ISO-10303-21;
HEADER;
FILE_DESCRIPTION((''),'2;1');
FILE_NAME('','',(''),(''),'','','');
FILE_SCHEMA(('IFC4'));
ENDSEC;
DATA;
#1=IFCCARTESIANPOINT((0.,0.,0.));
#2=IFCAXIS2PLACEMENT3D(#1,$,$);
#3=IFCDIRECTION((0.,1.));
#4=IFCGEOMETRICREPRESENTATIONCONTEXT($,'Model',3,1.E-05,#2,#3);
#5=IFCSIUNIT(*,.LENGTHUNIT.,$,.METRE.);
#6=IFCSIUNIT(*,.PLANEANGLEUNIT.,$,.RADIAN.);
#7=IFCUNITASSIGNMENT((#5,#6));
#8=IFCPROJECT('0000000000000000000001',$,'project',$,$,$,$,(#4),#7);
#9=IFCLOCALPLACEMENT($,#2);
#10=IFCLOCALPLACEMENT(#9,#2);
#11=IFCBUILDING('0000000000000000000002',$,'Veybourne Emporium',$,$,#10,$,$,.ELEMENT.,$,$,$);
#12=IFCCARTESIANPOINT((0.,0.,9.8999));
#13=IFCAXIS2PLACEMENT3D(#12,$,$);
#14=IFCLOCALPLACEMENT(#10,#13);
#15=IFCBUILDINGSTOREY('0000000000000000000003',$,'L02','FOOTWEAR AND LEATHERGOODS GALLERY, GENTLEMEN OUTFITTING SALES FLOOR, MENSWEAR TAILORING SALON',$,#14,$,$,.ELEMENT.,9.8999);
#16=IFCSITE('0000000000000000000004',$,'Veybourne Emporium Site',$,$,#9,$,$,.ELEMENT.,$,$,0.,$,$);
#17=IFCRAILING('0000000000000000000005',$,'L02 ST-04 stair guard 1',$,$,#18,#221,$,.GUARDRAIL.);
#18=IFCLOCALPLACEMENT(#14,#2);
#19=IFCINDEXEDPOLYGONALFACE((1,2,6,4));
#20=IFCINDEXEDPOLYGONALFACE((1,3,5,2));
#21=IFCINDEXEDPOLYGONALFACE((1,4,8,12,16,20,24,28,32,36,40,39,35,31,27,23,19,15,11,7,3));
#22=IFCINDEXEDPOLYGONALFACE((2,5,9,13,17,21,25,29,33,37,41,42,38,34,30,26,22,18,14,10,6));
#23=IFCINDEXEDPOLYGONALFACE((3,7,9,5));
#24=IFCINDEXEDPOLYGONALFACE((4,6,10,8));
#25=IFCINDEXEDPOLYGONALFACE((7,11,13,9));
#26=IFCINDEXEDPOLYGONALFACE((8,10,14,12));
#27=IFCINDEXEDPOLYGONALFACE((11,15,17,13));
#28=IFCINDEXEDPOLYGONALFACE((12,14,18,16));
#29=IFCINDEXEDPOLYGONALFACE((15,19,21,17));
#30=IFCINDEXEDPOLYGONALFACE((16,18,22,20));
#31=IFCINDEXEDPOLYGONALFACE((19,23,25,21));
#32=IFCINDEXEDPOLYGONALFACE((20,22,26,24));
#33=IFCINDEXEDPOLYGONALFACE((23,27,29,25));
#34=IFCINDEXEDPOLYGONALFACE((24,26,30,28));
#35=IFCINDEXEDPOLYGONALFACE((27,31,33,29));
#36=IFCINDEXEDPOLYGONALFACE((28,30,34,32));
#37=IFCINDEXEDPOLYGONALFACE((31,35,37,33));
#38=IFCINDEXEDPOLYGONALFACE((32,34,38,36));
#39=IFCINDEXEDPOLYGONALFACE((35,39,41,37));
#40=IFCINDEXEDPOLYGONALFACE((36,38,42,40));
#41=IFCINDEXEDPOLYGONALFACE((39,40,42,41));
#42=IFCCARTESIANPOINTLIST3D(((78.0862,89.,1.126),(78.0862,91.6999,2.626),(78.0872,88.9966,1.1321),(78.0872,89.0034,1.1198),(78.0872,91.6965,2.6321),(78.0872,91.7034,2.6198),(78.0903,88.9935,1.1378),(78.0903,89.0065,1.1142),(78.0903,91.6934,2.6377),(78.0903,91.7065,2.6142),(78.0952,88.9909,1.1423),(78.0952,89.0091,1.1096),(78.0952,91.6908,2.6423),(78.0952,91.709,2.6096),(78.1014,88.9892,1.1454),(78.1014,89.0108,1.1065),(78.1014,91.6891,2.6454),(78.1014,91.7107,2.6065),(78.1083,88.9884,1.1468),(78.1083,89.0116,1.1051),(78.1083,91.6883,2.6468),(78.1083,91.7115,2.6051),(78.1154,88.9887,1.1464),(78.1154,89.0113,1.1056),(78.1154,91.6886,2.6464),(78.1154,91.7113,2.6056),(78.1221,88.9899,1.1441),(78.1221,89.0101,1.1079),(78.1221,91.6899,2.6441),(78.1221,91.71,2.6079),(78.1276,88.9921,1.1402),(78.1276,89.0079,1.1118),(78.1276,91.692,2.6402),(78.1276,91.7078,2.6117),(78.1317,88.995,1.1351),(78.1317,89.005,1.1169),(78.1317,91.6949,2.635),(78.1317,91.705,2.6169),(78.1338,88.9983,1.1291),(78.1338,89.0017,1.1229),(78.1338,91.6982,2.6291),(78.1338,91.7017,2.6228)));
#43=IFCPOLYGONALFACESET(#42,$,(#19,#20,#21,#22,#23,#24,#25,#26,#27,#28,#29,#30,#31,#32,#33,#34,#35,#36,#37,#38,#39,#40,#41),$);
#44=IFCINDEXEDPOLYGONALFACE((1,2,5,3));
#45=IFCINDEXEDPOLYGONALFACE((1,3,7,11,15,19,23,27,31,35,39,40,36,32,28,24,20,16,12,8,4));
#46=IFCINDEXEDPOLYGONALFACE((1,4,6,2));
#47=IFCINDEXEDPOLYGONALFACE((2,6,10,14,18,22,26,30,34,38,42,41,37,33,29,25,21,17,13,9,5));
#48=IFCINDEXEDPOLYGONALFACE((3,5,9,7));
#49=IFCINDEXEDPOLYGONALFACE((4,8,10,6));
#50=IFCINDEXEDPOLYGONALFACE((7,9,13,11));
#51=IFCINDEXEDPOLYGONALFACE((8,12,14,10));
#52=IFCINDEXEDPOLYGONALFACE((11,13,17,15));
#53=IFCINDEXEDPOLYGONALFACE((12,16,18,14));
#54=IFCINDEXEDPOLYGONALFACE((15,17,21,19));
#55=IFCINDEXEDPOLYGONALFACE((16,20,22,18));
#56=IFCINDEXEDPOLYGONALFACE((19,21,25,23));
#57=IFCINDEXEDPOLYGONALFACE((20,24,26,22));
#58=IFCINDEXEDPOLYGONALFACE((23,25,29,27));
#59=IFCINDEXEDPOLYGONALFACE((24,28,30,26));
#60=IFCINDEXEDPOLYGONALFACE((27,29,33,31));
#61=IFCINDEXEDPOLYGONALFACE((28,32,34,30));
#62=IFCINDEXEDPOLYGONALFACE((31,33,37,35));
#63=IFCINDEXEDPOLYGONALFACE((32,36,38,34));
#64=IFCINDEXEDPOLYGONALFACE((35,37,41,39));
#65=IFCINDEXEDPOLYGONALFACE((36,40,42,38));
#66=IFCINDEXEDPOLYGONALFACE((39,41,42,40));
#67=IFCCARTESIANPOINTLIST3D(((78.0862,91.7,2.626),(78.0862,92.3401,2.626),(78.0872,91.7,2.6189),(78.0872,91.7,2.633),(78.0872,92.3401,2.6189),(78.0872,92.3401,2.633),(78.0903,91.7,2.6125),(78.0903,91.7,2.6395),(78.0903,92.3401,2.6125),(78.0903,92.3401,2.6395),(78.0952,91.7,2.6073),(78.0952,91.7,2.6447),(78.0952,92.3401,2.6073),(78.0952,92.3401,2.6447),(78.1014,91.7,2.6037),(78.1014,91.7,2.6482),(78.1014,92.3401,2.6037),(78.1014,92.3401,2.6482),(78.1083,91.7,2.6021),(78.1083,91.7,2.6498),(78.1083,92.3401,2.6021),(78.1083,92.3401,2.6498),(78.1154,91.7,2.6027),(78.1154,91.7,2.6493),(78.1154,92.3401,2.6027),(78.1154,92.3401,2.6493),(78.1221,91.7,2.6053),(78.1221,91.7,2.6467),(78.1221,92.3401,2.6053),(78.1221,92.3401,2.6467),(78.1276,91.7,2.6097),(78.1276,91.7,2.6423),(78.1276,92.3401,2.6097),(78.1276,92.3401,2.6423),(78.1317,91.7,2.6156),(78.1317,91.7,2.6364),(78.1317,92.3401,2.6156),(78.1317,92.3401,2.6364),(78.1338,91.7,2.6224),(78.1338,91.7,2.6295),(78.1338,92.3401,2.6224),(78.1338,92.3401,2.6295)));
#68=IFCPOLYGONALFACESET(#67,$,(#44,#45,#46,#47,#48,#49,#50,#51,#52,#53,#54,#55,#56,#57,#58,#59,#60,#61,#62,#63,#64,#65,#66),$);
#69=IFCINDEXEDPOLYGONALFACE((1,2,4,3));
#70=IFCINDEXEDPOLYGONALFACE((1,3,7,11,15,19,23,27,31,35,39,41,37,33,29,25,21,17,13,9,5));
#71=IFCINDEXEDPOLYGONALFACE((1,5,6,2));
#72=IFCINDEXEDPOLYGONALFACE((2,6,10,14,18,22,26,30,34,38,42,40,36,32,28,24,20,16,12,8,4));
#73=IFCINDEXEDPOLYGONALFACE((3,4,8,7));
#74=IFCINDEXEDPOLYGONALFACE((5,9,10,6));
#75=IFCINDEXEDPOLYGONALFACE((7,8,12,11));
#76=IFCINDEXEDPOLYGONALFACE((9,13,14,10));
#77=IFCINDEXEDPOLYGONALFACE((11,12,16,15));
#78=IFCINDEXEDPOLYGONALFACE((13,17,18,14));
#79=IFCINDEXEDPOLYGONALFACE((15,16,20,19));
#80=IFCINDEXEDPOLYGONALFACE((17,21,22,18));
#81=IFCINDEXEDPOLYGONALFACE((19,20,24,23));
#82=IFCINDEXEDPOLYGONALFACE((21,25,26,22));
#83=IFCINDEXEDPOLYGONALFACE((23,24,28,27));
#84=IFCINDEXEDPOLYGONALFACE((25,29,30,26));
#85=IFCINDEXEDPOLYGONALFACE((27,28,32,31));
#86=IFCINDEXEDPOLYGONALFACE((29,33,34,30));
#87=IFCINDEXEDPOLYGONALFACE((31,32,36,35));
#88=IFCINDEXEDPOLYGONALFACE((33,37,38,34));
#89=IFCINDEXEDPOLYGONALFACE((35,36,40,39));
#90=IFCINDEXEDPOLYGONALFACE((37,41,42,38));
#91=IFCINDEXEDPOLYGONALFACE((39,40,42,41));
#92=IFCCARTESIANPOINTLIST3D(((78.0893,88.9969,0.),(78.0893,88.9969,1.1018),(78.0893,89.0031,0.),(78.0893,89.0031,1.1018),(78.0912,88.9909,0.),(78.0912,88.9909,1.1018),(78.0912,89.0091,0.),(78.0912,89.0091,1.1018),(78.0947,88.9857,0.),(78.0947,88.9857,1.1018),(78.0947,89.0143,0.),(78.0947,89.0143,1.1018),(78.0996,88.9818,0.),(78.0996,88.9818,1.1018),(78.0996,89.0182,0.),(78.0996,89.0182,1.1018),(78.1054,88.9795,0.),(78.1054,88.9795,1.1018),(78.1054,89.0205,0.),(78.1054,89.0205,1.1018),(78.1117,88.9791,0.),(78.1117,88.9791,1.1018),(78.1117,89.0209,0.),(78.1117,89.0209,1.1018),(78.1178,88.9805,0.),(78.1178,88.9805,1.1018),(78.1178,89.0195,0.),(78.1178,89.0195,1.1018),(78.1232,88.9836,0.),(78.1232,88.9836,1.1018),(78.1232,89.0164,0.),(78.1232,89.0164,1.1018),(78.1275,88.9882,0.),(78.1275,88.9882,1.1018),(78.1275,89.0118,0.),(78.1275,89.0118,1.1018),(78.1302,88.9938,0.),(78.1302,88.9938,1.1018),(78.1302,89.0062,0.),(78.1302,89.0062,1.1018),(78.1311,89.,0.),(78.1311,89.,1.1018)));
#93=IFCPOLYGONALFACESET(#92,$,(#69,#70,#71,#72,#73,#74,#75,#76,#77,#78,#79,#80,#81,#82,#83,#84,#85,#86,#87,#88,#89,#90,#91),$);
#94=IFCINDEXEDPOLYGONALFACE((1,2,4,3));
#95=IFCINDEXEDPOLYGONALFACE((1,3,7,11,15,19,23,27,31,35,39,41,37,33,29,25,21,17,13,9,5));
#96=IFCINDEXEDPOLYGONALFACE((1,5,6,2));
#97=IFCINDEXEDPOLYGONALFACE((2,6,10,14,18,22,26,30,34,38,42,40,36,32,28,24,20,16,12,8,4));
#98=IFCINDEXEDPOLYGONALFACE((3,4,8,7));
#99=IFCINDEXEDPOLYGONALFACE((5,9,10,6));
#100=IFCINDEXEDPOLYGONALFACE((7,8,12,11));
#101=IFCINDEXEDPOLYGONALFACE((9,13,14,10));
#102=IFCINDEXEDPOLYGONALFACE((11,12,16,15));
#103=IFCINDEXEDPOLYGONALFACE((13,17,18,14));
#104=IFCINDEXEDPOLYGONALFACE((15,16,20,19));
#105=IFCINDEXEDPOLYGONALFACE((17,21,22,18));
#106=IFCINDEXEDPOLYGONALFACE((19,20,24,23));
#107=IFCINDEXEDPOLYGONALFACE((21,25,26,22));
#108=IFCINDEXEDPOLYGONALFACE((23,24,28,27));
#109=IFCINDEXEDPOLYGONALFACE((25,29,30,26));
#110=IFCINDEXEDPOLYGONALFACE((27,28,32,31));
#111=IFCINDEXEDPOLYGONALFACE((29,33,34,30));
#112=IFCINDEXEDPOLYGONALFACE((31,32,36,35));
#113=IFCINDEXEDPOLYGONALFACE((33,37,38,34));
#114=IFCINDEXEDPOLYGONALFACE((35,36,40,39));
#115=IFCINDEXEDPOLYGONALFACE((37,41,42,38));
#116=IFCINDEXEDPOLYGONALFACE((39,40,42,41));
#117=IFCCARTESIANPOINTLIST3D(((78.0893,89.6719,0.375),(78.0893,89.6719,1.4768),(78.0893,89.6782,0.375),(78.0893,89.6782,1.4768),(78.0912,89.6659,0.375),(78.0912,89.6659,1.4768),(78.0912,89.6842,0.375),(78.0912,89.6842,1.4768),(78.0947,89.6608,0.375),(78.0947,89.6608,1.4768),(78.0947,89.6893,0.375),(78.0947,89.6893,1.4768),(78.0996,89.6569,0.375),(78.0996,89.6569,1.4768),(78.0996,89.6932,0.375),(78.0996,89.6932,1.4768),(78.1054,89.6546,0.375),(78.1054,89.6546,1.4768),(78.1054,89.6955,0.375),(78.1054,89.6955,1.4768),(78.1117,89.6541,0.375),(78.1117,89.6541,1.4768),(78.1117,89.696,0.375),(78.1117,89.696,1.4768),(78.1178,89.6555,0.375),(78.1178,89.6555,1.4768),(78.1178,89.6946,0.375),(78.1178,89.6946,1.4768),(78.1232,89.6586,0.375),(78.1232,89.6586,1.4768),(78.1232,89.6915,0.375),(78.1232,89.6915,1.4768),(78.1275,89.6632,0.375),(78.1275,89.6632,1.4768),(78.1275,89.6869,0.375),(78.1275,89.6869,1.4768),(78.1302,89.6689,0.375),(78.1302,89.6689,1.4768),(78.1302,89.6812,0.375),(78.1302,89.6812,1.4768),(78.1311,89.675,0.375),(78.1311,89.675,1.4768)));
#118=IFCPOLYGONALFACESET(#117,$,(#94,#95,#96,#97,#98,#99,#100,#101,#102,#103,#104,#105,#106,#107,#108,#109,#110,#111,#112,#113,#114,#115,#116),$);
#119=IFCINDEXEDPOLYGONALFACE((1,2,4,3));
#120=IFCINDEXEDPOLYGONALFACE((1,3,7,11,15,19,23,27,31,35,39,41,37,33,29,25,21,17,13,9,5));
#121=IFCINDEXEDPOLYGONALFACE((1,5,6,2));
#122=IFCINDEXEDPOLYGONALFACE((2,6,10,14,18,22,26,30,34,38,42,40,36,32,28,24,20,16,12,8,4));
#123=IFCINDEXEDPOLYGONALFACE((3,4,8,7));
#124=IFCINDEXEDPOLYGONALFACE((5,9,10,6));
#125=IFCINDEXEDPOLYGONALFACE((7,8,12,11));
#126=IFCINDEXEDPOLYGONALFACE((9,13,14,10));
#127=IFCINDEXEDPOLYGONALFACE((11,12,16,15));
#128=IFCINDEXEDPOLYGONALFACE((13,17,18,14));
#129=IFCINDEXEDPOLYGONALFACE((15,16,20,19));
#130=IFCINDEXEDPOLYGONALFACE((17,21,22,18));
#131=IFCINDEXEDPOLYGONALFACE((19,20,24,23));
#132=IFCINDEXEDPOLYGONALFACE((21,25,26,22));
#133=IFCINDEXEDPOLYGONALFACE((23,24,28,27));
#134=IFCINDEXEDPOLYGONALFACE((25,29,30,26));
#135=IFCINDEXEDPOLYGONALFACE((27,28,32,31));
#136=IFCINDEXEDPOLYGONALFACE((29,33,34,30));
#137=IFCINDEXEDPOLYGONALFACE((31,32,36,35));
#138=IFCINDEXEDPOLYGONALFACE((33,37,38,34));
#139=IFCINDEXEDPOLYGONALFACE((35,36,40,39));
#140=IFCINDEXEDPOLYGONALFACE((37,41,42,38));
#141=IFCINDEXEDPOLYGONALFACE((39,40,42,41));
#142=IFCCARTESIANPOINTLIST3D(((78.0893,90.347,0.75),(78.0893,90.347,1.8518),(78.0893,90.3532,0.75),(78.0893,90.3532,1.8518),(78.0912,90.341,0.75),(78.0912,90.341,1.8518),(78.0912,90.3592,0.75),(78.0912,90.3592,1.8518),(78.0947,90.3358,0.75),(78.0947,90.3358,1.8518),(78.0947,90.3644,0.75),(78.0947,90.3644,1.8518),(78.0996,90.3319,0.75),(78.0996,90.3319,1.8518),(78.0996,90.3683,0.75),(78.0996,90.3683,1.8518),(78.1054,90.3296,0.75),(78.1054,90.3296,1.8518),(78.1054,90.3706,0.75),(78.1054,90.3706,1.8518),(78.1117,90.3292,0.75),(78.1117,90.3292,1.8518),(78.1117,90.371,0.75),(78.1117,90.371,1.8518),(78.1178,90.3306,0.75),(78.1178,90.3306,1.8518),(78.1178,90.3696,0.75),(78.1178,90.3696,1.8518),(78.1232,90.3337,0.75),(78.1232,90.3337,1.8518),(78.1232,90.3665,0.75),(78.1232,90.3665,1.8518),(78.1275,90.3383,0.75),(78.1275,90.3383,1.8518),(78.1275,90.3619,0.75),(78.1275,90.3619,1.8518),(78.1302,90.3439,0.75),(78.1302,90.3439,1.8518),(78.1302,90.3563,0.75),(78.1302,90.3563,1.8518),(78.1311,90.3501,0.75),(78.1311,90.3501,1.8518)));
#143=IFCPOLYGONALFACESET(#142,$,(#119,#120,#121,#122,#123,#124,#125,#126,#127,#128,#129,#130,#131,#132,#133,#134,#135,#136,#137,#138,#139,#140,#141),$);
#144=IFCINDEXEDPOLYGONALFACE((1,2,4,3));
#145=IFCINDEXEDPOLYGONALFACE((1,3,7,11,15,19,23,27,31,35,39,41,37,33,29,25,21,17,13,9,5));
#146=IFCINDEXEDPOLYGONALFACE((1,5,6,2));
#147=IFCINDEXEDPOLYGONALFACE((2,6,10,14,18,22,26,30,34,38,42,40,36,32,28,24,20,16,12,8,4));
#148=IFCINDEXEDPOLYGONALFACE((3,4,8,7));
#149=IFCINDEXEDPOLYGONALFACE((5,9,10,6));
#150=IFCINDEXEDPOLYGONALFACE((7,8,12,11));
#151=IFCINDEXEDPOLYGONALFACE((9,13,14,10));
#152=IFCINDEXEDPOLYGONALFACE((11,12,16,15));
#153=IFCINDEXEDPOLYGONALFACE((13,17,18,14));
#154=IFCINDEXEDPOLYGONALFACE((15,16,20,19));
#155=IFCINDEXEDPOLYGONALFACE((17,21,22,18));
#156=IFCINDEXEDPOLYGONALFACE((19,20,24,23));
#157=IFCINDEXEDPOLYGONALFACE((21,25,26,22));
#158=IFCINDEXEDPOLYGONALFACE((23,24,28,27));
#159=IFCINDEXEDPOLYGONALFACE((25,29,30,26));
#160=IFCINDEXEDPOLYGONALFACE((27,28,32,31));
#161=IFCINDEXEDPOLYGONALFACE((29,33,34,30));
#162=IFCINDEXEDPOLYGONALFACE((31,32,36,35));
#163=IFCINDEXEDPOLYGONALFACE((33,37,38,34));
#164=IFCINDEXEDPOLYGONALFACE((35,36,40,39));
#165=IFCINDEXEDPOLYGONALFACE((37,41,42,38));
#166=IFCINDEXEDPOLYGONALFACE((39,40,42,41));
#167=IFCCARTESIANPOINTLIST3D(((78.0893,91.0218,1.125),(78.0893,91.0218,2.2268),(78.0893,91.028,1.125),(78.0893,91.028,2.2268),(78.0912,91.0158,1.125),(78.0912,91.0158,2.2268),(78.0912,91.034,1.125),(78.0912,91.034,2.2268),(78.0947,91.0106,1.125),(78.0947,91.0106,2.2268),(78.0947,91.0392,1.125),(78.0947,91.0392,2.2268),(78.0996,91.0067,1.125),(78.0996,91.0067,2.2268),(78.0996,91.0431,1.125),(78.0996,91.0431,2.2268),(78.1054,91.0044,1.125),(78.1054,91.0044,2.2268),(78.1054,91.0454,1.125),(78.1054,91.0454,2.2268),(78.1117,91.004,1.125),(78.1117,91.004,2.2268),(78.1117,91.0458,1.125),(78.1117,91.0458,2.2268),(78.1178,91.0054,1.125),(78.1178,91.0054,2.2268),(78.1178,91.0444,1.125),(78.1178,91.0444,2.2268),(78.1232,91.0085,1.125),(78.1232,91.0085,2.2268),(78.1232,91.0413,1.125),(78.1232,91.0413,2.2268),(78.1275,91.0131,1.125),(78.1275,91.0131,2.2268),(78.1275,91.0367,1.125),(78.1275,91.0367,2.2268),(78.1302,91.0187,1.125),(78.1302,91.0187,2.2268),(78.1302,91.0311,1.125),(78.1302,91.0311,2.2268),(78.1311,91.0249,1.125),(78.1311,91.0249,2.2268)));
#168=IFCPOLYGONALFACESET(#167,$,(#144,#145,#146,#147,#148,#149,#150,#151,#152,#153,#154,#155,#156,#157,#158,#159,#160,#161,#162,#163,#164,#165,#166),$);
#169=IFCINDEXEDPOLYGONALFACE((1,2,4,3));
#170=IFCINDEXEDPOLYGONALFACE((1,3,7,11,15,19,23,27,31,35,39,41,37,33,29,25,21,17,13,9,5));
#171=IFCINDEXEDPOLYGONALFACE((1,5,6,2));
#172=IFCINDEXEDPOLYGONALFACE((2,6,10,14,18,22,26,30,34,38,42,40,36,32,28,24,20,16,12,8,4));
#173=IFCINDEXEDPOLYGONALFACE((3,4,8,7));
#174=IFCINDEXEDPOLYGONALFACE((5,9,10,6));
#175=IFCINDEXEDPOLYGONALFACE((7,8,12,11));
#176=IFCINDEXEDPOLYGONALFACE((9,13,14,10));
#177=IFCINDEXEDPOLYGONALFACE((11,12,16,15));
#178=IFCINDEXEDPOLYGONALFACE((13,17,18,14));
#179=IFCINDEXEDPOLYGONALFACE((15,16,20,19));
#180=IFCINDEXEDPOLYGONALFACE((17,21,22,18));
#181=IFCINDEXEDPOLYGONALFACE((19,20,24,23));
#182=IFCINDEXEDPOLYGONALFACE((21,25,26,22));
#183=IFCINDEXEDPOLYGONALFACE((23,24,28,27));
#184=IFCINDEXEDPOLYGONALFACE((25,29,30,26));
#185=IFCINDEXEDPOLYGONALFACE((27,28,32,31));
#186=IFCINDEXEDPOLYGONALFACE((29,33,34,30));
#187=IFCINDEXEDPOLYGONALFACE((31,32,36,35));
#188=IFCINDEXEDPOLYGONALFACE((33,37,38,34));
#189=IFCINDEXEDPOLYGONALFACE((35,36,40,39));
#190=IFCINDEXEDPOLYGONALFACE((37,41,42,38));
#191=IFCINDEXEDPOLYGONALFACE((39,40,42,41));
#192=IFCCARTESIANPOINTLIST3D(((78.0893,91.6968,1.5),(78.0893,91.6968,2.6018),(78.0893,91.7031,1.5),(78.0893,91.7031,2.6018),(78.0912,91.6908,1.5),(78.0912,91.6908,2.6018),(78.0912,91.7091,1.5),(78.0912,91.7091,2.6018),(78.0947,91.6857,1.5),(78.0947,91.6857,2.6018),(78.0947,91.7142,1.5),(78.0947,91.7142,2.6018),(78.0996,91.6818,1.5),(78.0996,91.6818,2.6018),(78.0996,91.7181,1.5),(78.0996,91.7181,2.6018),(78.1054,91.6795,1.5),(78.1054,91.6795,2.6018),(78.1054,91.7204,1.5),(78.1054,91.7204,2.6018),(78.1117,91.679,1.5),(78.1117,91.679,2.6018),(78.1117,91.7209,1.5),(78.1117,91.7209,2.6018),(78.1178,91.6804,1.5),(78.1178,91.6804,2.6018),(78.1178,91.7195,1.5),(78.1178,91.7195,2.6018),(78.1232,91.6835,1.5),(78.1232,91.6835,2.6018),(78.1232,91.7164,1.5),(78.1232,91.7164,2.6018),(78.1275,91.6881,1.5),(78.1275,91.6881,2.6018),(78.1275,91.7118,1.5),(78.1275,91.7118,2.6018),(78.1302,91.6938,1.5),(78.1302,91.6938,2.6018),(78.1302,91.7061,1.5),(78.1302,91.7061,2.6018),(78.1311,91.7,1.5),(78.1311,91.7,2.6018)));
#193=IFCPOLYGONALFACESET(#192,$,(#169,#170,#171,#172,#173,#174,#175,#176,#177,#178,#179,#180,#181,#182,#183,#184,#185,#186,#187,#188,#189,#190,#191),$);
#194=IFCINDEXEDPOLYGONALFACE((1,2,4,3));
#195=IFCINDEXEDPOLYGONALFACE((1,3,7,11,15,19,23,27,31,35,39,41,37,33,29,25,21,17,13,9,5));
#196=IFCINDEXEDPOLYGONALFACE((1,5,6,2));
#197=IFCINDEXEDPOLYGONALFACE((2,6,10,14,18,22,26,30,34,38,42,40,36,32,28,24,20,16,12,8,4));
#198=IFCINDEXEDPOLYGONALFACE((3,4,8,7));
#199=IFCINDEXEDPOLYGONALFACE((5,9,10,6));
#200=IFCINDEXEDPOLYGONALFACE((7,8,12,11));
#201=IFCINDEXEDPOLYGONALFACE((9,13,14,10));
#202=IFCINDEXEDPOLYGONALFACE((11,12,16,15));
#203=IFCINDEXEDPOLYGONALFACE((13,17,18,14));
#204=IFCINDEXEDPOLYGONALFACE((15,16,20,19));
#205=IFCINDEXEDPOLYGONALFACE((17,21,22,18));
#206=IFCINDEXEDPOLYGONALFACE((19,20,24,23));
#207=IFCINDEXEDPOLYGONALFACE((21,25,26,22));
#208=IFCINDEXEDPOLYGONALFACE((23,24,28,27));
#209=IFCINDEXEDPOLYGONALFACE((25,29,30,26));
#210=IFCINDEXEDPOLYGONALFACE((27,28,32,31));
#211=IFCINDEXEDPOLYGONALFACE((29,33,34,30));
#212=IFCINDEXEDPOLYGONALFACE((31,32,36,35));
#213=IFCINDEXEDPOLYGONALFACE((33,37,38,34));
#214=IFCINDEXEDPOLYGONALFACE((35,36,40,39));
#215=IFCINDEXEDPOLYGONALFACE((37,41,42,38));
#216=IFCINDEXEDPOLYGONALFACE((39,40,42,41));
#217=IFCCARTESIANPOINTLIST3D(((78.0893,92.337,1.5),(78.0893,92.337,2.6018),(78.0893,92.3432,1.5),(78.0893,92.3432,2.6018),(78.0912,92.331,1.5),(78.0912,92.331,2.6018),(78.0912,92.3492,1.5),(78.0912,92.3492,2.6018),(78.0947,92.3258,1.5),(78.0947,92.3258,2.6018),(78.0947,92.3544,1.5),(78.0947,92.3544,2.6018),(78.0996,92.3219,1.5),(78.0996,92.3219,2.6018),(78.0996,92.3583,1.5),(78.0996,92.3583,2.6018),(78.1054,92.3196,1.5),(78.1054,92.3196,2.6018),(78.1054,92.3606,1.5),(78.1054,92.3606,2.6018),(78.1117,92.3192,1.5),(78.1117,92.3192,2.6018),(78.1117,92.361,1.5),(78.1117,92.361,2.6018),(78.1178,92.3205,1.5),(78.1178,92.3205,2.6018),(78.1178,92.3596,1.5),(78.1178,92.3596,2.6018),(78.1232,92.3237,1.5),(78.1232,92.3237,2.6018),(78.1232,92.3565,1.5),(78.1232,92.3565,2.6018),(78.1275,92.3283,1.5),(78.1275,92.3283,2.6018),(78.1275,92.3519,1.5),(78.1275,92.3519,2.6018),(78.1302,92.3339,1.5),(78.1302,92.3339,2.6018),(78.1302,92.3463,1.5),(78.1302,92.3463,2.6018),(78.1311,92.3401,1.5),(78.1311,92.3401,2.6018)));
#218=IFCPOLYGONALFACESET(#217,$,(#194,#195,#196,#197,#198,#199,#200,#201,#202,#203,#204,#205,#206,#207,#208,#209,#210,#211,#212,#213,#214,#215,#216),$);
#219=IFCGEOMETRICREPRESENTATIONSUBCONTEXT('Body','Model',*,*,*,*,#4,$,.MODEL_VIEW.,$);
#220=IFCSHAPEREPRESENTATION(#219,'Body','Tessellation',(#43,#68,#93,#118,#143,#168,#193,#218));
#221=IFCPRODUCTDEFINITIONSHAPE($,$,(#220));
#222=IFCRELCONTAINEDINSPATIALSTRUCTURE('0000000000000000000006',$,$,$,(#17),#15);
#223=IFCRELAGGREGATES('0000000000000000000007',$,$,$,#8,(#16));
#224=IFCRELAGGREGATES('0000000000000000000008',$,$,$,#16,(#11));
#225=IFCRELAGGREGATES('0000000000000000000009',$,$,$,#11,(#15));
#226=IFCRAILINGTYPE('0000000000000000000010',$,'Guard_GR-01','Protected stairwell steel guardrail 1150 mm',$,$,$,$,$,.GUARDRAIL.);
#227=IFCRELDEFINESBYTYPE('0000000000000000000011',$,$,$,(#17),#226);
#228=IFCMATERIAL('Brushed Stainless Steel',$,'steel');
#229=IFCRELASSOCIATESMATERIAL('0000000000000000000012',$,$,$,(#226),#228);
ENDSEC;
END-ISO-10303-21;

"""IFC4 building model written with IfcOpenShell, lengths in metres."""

from ifc_helpers import new_model, si_unit, direction, frame, origin, origin_2d, place, context, subcontext, project, spatial, circle, extrude, material, type_object, element, save


model = new_model("IFC4")

# Units and contexts
model_context = context("Model", 3, precision=1e-05, world=origin(), true_north=direction((0.0, 1.0)))
body_context = subcontext(model_context, "Body", "Model", "MODEL_VIEW")
ifc_project = project(units=[si_unit("LENGTHUNIT", "METRE"), si_unit("PLANEANGLEUNIT", "RADIAN")], contexts=[model_context])

# Site, building, storey
site_placement = place(None, origin())
site = spatial("IfcSite", under=ifc_project, at=site_placement, Name="Veybourne Emporium Site", CompositionType="ELEMENT", RefElevation=0.0)
building_placement = place(site_placement, origin())
building = spatial("IfcBuilding", under=site, at=building_placement, Name="Veybourne Emporium", CompositionType="ELEMENT")
storey_placement = place(building_placement, frame((0.0, 0.0, 9.8999)))
storey = spatial("IfcBuildingStorey", under=building, at=storey_placement, Name="L02", Description="FOOTWEAR AND LEATHERGOODS GALLERY, GENTLEMEN OUTFITTING SALES FLOOR, MENSWEAR TAILORING SALON", CompositionType="ELEMENT", Elevation=9.8999)

# Railing
ifc_material_1 = material(Name="Brushed Stainless Steel", Category="steel")
railing_type_1 = type_object("IfcRailingType", Name="Guard_GR-01", Description="Protected stairwell steel guardrail 1150 mm", PredefinedType="GUARDRAIL", material=ifc_material_1)
railing_1_placement = place(storey_placement, frame((78.1101, 89.0, 0.0)))
element("IfcRailing", 1, at=railing_1_placement, inside=storey, type_object=railing_type_1, Name="L02 ST-04 stair guard 1", PredefinedType="GUARDRAIL", context=body_context, shape_type="SweptSolid", body=[
    extrude(circle(Radius=0.0239, at=origin_2d()), frame((0.0, 0.0, 1.126), z_axis=(0.0, 0.874154, 0.48565), x_axis=(-1.0, 0.0, 0.0)), (0.0, 0.0, 1.0), 3.0886),
    extrude(circle(Radius=0.0239, at=origin_2d()), frame((0.0, 2.7, 2.626), z_axis=(0.0, 1.0, 0.0), x_axis=(-1.0, 0.0, 0.0)), (0.0, 0.0, 1.0), 0.6401),
    extrude(circle(Radius=0.021, at=origin_2d()), origin(), (0.0, 0.0, 1.0), 1.1018),
    extrude(circle(Radius=0.021, at=origin_2d()), frame((0.0, 0.675, 0.375)), (0.0, 0.0, 1.0), 1.1018),
    extrude(circle(Radius=0.021, at=origin_2d()), frame((0.0, 1.3501, 0.75)), (0.0, 0.0, 1.0), 1.1018),
    extrude(circle(Radius=0.021, at=origin_2d()), frame((0.0, 2.0249, 1.125)), (0.0, 0.0, 1.0), 1.1018),
    extrude(circle(Radius=0.021, at=origin_2d()), frame((0.0, 2.7, 1.5)), (0.0, 0.0, 1.0), 1.1018),
    extrude(circle(Radius=0.021, at=origin_2d()), frame((0.0, 3.3401, 1.5)), (0.0, 0.0, 1.0), 1.1018),
])

save(model, "model.ifc")
